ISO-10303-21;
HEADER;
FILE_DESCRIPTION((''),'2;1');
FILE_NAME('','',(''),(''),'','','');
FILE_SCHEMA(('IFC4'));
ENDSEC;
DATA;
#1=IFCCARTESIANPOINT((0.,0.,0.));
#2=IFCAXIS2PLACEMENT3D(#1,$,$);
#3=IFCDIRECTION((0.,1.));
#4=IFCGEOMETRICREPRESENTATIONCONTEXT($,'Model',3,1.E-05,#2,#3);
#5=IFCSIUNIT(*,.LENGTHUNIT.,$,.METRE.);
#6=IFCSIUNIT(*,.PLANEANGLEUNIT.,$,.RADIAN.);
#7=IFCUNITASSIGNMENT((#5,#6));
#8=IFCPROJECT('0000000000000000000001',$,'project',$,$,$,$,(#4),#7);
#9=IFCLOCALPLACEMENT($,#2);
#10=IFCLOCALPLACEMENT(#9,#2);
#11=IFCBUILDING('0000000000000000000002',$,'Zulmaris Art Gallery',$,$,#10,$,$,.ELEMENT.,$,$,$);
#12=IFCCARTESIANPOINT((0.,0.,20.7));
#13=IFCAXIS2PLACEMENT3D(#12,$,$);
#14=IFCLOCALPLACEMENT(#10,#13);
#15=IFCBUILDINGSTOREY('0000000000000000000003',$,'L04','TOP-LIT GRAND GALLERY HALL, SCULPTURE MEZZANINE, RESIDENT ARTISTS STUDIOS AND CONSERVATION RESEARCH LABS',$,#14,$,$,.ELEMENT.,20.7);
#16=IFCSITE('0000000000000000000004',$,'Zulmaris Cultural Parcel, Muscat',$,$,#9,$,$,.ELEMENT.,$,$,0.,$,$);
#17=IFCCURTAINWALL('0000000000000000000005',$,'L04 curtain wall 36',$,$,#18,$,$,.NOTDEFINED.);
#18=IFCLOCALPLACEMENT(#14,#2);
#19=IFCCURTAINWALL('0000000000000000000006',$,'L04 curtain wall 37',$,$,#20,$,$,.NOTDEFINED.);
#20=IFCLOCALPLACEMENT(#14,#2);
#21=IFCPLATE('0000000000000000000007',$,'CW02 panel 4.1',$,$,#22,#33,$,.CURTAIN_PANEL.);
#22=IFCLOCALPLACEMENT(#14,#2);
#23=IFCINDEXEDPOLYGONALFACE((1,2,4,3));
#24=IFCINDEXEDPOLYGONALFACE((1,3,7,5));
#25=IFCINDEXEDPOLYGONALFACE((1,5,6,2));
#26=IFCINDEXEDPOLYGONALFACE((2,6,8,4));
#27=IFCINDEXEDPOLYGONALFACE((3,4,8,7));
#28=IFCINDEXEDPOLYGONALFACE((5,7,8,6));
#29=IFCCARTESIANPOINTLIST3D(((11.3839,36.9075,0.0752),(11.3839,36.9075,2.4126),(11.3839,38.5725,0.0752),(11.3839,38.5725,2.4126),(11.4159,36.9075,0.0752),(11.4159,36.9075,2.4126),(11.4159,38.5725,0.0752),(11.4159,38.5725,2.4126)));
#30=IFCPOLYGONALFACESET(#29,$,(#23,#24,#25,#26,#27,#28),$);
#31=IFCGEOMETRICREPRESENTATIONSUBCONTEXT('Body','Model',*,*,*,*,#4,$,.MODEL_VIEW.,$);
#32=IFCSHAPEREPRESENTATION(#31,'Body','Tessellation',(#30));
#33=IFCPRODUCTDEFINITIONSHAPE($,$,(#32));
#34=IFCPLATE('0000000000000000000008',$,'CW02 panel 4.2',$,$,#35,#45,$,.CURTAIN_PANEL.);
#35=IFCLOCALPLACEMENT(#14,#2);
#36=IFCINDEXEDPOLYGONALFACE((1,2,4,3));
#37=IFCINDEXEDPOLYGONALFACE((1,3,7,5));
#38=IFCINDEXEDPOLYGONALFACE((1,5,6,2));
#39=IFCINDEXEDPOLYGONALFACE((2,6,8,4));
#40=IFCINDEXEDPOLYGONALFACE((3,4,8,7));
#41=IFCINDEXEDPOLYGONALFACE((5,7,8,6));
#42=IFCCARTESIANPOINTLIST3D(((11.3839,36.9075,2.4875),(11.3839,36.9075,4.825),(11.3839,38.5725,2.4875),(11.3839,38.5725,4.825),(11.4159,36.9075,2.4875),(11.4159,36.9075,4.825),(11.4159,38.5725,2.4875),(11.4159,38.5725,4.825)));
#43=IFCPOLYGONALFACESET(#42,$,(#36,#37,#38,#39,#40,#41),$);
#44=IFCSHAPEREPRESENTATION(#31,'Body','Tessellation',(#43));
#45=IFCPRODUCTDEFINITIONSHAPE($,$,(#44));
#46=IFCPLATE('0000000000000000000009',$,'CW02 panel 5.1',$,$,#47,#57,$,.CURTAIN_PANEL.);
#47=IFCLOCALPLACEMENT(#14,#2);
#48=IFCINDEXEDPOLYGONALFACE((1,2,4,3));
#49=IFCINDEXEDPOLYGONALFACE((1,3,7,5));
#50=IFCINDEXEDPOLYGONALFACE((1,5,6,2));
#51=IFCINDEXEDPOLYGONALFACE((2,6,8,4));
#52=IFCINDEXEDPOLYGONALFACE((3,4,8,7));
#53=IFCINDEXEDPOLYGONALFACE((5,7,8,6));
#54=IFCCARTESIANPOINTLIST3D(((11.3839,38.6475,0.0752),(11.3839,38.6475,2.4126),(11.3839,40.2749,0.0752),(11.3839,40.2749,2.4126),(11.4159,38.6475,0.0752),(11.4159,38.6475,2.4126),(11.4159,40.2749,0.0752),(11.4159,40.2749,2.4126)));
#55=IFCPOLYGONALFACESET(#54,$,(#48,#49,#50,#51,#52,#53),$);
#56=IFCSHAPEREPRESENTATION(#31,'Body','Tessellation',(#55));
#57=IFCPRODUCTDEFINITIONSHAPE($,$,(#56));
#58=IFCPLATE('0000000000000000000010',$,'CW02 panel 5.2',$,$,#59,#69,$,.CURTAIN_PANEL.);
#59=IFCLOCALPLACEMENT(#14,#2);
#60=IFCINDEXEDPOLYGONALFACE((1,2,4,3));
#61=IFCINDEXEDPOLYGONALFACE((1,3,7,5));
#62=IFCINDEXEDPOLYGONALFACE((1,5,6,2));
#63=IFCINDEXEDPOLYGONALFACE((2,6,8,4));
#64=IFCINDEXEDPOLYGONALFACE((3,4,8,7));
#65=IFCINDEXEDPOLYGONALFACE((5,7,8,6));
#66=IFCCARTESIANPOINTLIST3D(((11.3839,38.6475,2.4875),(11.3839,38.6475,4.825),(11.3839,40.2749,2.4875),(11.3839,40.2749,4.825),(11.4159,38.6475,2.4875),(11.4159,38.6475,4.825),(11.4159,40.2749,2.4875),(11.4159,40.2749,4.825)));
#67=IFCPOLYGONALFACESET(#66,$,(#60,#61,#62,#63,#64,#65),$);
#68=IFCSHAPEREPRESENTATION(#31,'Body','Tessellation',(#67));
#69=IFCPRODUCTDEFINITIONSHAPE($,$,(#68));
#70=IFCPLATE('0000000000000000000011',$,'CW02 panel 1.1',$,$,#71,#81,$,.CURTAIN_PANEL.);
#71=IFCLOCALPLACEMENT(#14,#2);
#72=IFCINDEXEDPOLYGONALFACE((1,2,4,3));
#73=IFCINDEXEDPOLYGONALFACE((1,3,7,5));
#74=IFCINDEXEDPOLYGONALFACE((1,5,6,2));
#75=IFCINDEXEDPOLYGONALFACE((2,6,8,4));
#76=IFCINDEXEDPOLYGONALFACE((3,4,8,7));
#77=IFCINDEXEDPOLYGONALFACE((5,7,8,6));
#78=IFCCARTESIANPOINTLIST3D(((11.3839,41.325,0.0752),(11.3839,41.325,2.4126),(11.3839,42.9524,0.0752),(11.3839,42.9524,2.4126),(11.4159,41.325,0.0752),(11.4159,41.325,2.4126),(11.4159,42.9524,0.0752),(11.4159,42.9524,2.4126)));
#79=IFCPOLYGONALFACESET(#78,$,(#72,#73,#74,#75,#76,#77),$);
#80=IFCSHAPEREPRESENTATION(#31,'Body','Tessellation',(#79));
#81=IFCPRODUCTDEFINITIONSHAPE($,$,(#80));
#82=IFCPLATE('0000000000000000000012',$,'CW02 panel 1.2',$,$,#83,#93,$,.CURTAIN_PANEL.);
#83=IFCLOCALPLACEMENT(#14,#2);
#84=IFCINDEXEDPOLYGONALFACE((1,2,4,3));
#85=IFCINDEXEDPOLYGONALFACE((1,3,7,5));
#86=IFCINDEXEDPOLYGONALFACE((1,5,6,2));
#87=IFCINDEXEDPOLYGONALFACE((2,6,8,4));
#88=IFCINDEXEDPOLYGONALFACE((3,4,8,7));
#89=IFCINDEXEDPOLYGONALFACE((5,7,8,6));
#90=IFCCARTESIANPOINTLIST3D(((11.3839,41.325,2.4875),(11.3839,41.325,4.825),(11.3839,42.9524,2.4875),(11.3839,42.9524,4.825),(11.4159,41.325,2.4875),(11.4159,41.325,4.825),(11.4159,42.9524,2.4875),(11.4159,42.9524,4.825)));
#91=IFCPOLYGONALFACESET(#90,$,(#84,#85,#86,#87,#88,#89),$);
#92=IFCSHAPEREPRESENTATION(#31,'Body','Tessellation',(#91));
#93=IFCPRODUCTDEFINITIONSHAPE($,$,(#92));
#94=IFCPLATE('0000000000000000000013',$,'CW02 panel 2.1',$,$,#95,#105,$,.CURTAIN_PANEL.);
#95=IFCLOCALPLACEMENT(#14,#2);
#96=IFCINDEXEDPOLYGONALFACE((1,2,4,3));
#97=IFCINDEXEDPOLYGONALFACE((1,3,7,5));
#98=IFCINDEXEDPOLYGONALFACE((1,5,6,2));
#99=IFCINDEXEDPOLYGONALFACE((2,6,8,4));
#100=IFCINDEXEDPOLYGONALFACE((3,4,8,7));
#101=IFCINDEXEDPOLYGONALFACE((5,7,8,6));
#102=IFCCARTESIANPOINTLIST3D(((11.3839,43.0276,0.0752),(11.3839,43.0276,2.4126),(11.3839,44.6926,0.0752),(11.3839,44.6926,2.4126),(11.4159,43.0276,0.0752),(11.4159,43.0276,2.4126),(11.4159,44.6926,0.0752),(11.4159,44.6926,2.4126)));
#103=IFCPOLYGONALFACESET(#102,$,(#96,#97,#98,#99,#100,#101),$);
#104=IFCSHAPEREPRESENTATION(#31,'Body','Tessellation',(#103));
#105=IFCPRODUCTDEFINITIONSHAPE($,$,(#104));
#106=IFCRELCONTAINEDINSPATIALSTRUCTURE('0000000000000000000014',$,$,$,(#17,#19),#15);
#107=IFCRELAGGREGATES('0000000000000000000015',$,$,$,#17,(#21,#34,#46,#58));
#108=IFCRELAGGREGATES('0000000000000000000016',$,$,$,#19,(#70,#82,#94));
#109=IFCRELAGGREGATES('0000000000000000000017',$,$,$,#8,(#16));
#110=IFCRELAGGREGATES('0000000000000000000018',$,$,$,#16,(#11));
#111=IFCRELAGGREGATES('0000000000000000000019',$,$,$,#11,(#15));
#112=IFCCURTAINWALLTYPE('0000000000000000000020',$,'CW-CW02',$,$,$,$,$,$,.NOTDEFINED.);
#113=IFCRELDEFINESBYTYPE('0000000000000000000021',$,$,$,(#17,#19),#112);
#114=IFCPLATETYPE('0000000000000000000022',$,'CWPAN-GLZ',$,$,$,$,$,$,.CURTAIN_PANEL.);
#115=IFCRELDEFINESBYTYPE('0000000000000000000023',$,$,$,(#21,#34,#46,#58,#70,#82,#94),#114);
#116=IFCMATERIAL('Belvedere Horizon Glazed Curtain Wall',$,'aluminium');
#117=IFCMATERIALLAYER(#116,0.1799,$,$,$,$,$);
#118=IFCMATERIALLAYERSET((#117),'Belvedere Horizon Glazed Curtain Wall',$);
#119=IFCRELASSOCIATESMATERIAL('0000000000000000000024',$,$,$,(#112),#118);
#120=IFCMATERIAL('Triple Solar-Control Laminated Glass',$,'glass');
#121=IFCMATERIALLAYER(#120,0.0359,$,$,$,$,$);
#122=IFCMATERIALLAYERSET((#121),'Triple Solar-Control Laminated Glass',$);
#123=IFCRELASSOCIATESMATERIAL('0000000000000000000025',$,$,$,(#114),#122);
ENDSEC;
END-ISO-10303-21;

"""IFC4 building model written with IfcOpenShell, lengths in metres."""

from ifc_helpers import new_model, si_unit, direction, frame, origin, origin_2d, place, context, subcontext, project, spatial, rectangle, extrude, material, layer, layer_set, type_object, element, aggregate, save


model = new_model("IFC4")

# Units and contexts
model_context = context("Model", 3, precision=1e-05, world=origin(), true_north=direction((0.0, 1.0)))
body_context = subcontext(model_context, "Body", "Model", "MODEL_VIEW")
ifc_project = project(units=[si_unit("LENGTHUNIT", "METRE"), si_unit("PLANEANGLEUNIT", "RADIAN")], contexts=[model_context])

# Site, building, storey
site_placement = place(None, origin())
site = spatial("IfcSite", under=ifc_project, at=site_placement, Name="Zulmaris Cultural Parcel, Muscat", CompositionType="ELEMENT", RefElevation=0.0)
building_placement = place(site_placement, origin())
building = spatial("IfcBuilding", under=site, at=building_placement, Name="Zulmaris Art Gallery", CompositionType="ELEMENT")
storey_placement = place(building_placement, frame((0.0, 0.0, 20.7)))
storey = spatial("IfcBuildingStorey", under=building, at=storey_placement, Name="L04", Description="TOP-LIT GRAND GALLERY HALL, SCULPTURE MEZZANINE, RESIDENT ARTISTS STUDIOS AND CONSERVATION RESEARCH LABS", CompositionType="ELEMENT", Elevation=20.7)

# Curtain walls
ifc_material_1 = material(Name="Belvedere Horizon Glazed Curtain Wall", Category="aluminium")
ifc_layer_1 = layer(ifc_material_1, 0.1799)
ifc_layer_set_1 = layer_set([ifc_layer_1], Name="Belvedere Horizon Glazed Curtain Wall")
curtain_wall_type = type_object("IfcCurtainWallType", Name="CW-CW02", PredefinedType="NOTDEFINED", material=ifc_layer_set_1)
curtain_wall_1_placement = place(storey_placement, origin())
curtain_wall_1 = element("IfcCurtainWall", 1, at=curtain_wall_1_placement, inside=storey, type_object=curtain_wall_type, Name="L04 curtain wall 36", PredefinedType="NOTDEFINED")
curtain_wall_2_placement = place(storey_placement, origin())
curtain_wall_2 = element("IfcCurtainWall", 2, at=curtain_wall_2_placement, inside=storey, type_object=curtain_wall_type, Name="L04 curtain wall 37", PredefinedType="NOTDEFINED")

# Plates
ifc_material_2 = material(Name="Triple Solar-Control Laminated Glass", Category="glass")
ifc_layer_2 = layer(ifc_material_2, 0.0359)
ifc_layer_set_2 = layer_set([ifc_layer_2], Name="Triple Solar-Control Laminated Glass")
plate_type = type_object("IfcPlateType", Name="CWPAN-GLZ", PredefinedType="CURTAIN_PANEL", material=ifc_layer_set_2)
plate_1_placement = place(storey_placement, frame((11.3999, 37.74, 0.0752), z_axis=(0.0, 0.0, 1.0), x_axis=(0.0, 1.0, 0.0)))
plate_1 = element("IfcPlate", 3, at=plate_1_placement, type_object=plate_type, Name="CW02 panel 4.1", PredefinedType="CURTAIN_PANEL", context=body_context, shape_type="SweptSolid", body=[
    extrude(rectangle(XDim=1.665, YDim=0.032, at=origin_2d()), origin(), (0.0, 0.0, 1.0), 2.3374),
])
plate_2_placement = place(storey_placement, frame((11.3999, 37.74, 2.4875), z_axis=(0.0, 0.0, 1.0), x_axis=(0.0, 1.0, 0.0)))
plate_2 = element("IfcPlate", 4, at=plate_2_placement, type_object=plate_type, Name="CW02 panel 4.2", PredefinedType="CURTAIN_PANEL", context=body_context, shape_type="SweptSolid", body=[
    extrude(rectangle(XDim=1.665, YDim=0.032, at=origin_2d()), origin(), (0.0, 0.0, 1.0), 2.3374),
])
plate_3_placement = place(storey_placement, frame((11.3999, 39.4612, 0.0752), z_axis=(0.0, 0.0, 1.0), x_axis=(0.0, 1.0, 0.0)))
plate_3 = element("IfcPlate", 5, at=plate_3_placement, type_object=plate_type, Name="CW02 panel 5.1", PredefinedType="CURTAIN_PANEL", context=body_context, shape_type="SweptSolid", body=[
    extrude(rectangle(XDim=1.6274, YDim=0.032, at=origin_2d()), origin(), (0.0, 0.0, 1.0), 2.3374),
])
plate_4_placement = place(storey_placement, frame((11.3999, 39.4612, 2.4875), z_axis=(0.0, 0.0, 1.0), x_axis=(0.0, 1.0, 0.0)))
plate_4 = element("IfcPlate", 6, at=plate_4_placement, type_object=plate_type, Name="CW02 panel 5.2", PredefinedType="CURTAIN_PANEL", context=body_context, shape_type="SweptSolid", body=[
    extrude(rectangle(XDim=1.6274, YDim=0.032, at=origin_2d()), origin(), (0.0, 0.0, 1.0), 2.3374),
])
aggregate(curtain_wall_1, [plate_1, plate_2, plate_3, plate_4])
plate_5_placement = place(storey_placement, frame((11.3999, 42.1387, 0.0752), z_axis=(0.0, 0.0, 1.0), x_axis=(0.0, 1.0, 0.0)))
plate_5 = element("IfcPlate", 7, at=plate_5_placement, type_object=plate_type, Name="CW02 panel 1.1", PredefinedType="CURTAIN_PANEL", context=body_context, shape_type="SweptSolid", body=[
    extrude(rectangle(XDim=1.6274, YDim=0.032, at=origin_2d()), origin(), (0.0, 0.0, 1.0), 2.3374),
])
plate_6_placement = place(storey_placement, frame((11.3999, 42.1387, 2.4875), z_axis=(0.0, 0.0, 1.0), x_axis=(0.0, 1.0, 0.0)))
plate_6 = element("IfcPlate", 8, at=plate_6_placement, type_object=plate_type, Name="CW02 panel 1.2", PredefinedType="CURTAIN_PANEL", context=body_context, shape_type="SweptSolid", body=[
    extrude(rectangle(XDim=1.6274, YDim=0.032, at=origin_2d()), origin(), (0.0, 0.0, 1.0), 2.3374),
])
plate_7_placement = place(storey_placement, frame((11.3999, 43.8601, 0.0752), z_axis=(0.0, 0.0, 1.0), x_axis=(0.0, 1.0, 0.0)))
plate_7 = element("IfcPlate", 9, at=plate_7_placement, type_object=plate_type, Name="CW02 panel 2.1", PredefinedType="CURTAIN_PANEL", context=body_context, shape_type="SweptSolid", body=[
    extrude(rectangle(XDim=1.665, YDim=0.032, at=origin_2d()), origin(), (0.0, 0.0, 1.0), 2.3374),
])
aggregate(curtain_wall_2, [plate_5, plate_6, plate_7])

save(model, "model.ifc")
